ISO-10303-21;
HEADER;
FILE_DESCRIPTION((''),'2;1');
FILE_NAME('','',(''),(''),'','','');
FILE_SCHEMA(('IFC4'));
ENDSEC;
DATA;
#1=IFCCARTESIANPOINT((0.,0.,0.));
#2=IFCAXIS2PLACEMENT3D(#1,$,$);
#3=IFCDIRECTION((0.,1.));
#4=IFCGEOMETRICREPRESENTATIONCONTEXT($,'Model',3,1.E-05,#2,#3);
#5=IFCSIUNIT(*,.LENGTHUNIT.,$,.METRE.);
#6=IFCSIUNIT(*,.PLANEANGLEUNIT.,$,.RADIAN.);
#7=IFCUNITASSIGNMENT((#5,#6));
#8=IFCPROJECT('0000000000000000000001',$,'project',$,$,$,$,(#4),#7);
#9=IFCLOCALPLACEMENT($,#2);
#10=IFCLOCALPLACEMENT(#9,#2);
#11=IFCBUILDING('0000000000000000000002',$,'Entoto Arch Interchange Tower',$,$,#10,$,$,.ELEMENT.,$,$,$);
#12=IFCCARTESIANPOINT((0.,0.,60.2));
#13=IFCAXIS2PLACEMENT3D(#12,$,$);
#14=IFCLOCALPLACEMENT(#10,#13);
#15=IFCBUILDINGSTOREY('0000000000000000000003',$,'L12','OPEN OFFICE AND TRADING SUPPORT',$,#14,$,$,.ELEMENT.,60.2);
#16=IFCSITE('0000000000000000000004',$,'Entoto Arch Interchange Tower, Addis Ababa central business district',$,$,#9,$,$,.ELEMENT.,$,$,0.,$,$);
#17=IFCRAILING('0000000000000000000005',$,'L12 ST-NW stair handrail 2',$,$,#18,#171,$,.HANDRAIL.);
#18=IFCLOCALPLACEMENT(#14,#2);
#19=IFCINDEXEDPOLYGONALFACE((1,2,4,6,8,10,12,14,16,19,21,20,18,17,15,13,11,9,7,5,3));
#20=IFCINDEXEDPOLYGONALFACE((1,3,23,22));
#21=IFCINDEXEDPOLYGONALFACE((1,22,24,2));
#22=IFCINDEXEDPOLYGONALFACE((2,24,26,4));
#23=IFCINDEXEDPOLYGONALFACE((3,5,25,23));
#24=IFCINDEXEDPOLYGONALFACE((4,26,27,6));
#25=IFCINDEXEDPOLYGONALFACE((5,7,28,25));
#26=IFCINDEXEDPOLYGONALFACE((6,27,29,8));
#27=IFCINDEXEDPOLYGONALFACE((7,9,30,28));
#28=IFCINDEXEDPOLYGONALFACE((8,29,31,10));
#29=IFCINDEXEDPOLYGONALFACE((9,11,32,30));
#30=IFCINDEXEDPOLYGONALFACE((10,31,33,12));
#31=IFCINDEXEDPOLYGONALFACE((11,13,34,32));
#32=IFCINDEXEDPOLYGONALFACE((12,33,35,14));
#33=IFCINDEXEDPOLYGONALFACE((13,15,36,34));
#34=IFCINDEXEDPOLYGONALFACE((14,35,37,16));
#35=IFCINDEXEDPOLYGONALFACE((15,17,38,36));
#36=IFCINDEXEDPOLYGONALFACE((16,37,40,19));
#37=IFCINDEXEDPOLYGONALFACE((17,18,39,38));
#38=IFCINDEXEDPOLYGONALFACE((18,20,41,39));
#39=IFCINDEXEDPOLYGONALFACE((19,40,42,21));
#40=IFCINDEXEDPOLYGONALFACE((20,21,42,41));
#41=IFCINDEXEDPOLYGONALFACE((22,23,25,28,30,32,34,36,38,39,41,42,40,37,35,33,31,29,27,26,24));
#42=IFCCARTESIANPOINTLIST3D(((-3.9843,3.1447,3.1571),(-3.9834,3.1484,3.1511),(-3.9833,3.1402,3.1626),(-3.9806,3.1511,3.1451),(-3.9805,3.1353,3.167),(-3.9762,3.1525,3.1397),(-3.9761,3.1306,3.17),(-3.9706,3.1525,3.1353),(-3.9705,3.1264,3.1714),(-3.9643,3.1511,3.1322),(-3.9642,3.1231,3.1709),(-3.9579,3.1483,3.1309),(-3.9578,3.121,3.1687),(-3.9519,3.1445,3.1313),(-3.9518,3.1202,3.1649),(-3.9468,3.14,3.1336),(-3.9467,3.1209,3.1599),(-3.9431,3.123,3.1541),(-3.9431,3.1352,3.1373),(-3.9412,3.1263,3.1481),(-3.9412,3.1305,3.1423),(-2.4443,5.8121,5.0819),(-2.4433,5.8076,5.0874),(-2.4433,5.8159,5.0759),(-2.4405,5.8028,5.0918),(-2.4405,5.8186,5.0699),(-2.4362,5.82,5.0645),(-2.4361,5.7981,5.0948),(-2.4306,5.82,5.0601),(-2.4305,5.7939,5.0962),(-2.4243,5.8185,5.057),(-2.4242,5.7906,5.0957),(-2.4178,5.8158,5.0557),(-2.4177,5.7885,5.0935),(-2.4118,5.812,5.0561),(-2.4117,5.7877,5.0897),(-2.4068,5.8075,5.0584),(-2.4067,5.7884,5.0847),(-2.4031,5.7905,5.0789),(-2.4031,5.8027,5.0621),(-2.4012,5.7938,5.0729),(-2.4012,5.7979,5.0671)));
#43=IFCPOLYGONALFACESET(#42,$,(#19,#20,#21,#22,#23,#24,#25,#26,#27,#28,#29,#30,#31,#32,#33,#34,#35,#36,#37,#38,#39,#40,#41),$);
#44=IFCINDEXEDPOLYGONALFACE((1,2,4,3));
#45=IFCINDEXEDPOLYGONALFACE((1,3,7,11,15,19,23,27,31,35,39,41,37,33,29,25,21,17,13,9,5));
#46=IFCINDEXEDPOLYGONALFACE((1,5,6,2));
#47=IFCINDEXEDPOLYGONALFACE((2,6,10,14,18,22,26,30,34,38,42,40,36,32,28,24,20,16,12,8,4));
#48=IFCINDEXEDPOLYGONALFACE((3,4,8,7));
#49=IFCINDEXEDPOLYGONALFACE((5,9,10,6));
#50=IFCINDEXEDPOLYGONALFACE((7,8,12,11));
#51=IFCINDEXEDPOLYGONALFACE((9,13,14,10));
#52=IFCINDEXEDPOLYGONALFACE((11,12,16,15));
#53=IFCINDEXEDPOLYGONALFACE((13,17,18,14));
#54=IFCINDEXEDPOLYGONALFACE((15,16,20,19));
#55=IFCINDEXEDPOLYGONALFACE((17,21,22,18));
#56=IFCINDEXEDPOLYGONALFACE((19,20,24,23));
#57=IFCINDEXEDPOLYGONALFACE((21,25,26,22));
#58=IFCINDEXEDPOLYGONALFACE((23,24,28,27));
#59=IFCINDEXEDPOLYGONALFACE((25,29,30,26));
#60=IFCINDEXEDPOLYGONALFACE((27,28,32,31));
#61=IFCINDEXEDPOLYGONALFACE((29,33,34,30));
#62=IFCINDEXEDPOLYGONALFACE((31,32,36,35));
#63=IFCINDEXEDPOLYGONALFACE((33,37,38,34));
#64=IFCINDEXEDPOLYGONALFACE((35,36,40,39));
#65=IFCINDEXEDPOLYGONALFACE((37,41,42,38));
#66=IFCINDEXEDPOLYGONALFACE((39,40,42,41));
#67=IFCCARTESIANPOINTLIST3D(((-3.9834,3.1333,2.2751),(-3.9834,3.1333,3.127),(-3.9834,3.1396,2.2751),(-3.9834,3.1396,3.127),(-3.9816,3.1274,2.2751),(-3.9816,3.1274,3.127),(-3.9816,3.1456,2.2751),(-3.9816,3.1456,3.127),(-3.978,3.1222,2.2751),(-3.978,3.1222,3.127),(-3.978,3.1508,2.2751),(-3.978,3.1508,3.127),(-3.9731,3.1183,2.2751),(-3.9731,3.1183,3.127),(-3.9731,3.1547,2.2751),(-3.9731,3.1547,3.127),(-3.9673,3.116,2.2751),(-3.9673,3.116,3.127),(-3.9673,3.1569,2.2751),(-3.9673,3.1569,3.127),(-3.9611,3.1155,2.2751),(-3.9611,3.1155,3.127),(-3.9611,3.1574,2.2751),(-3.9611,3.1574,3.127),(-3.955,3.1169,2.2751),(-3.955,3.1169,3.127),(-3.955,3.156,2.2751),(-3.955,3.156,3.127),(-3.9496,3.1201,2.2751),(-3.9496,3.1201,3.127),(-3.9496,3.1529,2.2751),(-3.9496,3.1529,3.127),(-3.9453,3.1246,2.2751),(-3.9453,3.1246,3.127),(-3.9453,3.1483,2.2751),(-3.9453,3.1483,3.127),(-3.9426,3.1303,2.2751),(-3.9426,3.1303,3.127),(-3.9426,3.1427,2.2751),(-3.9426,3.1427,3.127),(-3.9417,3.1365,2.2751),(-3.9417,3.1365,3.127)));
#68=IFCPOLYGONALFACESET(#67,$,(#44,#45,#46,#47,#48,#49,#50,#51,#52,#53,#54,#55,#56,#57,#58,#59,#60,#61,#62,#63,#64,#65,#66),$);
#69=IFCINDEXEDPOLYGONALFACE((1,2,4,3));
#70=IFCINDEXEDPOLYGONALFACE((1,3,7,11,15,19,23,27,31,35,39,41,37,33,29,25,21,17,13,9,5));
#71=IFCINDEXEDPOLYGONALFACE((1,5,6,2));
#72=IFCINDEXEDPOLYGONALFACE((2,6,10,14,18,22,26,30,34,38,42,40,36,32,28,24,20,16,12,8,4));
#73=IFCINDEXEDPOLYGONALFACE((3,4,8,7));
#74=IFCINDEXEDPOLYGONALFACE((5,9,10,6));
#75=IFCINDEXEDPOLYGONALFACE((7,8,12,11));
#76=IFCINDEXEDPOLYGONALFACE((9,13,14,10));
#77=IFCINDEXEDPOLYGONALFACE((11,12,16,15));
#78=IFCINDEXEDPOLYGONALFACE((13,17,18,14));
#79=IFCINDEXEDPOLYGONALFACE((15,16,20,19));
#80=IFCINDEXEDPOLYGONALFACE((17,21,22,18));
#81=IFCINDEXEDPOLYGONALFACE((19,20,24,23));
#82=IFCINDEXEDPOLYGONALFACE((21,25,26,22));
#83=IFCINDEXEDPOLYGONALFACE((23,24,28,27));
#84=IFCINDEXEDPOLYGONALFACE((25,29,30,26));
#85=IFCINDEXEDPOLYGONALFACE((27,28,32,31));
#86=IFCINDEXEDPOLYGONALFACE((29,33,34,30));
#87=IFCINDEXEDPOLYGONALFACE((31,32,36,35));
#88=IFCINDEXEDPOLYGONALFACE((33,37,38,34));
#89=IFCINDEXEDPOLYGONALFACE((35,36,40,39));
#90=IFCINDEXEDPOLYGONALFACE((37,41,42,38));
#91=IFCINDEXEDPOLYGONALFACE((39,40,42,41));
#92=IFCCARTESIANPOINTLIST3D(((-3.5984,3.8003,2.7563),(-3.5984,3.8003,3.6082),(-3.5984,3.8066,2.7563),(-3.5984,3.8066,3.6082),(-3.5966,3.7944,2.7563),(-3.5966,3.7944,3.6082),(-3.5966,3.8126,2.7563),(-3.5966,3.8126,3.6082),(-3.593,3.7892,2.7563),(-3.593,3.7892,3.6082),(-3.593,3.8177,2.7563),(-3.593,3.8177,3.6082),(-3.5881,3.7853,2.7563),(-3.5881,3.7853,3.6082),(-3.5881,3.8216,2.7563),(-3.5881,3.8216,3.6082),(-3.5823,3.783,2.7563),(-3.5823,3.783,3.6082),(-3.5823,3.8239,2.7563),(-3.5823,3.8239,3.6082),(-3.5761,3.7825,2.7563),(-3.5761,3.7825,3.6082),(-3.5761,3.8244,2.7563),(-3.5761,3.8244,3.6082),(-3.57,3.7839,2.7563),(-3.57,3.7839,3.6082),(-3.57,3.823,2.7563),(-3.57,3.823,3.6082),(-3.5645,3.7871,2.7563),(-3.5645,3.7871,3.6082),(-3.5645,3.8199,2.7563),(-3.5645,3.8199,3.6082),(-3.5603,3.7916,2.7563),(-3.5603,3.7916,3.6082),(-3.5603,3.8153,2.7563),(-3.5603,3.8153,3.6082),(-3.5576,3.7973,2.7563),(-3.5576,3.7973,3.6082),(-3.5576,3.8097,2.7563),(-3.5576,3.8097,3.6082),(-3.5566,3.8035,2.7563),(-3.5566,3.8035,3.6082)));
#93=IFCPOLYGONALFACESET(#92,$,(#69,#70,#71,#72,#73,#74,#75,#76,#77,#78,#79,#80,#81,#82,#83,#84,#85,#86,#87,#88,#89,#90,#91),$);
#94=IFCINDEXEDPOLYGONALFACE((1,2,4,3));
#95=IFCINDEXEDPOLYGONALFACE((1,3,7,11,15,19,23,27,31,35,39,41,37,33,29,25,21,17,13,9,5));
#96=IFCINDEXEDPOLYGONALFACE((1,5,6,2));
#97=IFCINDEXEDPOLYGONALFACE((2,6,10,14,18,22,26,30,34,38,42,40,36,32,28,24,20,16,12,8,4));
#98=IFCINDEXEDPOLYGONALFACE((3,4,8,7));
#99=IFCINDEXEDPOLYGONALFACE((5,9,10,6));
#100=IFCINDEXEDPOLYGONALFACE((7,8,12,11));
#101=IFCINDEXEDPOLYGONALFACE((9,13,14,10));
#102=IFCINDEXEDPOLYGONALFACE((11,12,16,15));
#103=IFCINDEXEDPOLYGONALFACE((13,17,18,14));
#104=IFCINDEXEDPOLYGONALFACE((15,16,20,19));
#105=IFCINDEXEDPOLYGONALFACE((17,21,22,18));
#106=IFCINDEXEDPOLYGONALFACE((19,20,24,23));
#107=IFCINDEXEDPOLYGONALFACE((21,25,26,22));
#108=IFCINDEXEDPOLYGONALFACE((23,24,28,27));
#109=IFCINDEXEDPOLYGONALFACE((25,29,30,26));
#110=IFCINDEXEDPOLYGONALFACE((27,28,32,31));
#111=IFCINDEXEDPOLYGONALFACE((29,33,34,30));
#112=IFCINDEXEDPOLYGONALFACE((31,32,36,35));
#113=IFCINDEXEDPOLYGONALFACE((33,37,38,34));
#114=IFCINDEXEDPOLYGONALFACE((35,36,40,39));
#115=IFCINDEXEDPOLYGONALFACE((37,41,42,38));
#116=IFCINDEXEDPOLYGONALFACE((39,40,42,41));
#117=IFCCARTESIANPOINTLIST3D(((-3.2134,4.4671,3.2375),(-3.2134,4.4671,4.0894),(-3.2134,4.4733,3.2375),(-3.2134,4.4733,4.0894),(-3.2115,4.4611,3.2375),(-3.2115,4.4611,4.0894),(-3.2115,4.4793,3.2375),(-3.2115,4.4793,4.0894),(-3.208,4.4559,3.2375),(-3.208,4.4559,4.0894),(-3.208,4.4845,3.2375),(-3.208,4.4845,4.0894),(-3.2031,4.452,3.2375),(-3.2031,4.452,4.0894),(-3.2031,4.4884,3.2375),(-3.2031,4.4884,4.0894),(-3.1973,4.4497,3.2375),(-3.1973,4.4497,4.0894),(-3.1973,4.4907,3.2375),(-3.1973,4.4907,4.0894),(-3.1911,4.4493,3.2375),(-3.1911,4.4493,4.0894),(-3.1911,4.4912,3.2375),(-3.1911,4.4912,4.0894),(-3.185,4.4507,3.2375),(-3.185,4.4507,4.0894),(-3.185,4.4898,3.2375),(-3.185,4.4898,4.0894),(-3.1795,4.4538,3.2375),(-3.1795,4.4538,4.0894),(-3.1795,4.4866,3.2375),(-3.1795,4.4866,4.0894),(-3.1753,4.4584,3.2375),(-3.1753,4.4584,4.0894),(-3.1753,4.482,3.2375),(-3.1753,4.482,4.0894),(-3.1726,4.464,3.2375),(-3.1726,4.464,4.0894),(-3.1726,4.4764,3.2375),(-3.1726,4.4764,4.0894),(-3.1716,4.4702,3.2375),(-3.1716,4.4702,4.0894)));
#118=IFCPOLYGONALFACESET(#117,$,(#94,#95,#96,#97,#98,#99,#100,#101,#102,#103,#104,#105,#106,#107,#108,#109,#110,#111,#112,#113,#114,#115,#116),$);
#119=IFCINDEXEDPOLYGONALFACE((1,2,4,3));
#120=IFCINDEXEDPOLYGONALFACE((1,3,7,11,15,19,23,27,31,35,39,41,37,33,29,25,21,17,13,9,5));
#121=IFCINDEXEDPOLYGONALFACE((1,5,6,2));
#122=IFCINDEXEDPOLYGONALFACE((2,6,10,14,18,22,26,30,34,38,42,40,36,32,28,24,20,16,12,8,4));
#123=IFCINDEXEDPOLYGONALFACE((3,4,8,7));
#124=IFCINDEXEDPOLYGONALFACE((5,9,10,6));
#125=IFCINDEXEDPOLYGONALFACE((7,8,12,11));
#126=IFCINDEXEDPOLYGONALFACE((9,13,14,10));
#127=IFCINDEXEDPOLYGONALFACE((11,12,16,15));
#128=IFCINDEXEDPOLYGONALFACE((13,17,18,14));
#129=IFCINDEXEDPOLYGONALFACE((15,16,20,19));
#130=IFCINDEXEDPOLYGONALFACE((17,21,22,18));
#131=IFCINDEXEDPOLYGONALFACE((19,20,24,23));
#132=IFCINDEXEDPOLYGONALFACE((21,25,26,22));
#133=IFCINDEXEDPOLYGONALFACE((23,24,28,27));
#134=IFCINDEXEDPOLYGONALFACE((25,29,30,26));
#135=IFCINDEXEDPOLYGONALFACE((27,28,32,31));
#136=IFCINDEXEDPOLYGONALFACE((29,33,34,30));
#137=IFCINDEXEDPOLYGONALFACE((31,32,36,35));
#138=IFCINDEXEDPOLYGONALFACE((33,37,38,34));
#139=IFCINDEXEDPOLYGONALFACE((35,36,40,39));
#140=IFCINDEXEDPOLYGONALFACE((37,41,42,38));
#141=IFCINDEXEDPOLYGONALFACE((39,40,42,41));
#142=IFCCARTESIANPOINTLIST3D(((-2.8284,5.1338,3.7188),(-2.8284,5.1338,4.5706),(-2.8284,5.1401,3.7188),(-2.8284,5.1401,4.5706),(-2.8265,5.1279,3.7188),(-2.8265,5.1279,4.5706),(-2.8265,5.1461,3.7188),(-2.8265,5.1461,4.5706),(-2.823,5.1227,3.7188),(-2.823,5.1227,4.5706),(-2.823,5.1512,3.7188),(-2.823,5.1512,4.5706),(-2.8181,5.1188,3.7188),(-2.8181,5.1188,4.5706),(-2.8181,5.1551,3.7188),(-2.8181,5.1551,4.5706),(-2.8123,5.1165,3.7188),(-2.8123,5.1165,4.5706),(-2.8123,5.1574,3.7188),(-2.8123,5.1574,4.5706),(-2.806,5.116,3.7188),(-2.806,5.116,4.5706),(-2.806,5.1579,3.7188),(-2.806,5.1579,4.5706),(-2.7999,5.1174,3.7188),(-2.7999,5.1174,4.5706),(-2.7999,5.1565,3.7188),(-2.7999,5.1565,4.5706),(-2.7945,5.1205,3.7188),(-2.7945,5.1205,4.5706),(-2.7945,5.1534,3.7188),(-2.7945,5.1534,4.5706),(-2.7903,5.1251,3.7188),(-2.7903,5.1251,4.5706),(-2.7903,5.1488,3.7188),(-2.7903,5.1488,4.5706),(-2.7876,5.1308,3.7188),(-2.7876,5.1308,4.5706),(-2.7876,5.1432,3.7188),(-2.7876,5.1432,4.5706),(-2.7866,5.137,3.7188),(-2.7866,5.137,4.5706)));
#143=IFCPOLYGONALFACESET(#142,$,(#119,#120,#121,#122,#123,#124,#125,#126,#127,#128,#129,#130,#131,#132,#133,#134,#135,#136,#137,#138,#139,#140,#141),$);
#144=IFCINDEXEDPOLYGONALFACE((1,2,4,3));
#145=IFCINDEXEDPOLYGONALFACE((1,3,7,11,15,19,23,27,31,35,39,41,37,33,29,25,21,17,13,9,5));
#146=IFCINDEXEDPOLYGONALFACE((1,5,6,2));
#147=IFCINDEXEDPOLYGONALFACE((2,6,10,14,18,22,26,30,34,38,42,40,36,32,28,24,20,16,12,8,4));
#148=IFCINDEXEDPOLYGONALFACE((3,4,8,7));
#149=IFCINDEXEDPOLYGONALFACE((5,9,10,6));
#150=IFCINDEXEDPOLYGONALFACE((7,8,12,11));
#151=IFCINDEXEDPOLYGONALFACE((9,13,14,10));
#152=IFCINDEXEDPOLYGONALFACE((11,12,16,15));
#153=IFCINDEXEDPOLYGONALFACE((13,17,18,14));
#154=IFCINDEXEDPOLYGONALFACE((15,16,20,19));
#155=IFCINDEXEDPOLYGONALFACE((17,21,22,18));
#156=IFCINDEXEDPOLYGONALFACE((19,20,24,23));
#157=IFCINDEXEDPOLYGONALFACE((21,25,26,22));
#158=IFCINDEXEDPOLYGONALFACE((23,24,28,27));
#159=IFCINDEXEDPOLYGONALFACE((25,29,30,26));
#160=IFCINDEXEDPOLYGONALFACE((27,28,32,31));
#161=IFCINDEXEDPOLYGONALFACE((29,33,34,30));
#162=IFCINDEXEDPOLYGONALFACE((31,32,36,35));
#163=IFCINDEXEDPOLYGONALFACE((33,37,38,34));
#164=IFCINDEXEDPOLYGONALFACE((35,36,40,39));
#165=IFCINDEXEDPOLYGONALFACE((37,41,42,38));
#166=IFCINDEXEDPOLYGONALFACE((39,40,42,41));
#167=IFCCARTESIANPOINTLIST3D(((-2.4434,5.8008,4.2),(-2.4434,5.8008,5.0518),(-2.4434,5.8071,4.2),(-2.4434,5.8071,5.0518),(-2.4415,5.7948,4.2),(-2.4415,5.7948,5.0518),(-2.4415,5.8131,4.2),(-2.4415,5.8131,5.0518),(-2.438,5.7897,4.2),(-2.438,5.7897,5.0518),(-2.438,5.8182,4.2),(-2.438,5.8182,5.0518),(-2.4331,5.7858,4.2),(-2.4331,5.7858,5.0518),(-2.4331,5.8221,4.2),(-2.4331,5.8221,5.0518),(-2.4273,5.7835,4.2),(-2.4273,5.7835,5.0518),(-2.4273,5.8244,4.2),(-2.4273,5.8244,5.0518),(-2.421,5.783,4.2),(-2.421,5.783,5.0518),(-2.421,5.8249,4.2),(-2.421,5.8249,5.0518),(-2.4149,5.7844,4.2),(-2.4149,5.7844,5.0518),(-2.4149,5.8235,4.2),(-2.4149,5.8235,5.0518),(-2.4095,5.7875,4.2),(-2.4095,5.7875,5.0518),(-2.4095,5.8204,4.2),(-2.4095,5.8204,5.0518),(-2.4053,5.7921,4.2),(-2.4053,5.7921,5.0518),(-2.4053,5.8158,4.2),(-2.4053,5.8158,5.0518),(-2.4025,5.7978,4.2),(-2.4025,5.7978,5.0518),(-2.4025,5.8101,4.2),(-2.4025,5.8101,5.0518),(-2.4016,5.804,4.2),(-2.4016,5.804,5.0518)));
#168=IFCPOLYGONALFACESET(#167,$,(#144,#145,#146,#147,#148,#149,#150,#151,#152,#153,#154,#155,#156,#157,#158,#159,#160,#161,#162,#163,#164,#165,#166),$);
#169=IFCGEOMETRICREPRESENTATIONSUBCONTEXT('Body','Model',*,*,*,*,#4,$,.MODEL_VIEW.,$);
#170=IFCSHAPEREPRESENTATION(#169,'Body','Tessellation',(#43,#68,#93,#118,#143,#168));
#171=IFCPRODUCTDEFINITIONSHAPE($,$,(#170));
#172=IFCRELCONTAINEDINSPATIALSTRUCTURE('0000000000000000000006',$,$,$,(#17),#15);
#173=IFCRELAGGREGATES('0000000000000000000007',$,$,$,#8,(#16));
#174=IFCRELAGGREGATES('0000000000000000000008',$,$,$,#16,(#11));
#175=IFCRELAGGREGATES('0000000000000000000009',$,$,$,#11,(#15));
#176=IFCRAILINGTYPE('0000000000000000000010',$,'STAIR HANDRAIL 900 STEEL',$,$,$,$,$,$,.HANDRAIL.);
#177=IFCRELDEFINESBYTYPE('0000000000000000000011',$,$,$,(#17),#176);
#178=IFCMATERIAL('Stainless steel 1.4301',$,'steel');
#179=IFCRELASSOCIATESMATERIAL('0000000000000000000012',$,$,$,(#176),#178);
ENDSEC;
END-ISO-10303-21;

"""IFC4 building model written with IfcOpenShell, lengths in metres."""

from ifc_helpers import new_model, si_unit, direction, frame, origin, origin_2d, place, context, subcontext, project, spatial, circle, extrude, material, type_object, element, save


model = new_model("IFC4")

# Units and contexts
model_context = context("Model", 3, precision=1e-05, world=origin(), true_north=direction((0.0, 1.0)))
body_context = subcontext(model_context, "Body", "Model", "MODEL_VIEW")
ifc_project = project(units=[si_unit("LENGTHUNIT", "METRE"), si_unit("PLANEANGLEUNIT", "RADIAN")], contexts=[model_context])

# Site, building, storey
site_placement = place(None, origin())
site = spatial("IfcSite", under=ifc_project, at=site_placement, Name="Entoto Arch Interchange Tower, Addis Ababa central business district", CompositionType="ELEMENT", RefElevation=0.0)
building_placement = place(site_placement, origin())
building = spatial("IfcBuilding", under=site, at=building_placement, Name="Entoto Arch Interchange Tower", CompositionType="ELEMENT")
storey_placement = place(building_placement, frame((0.0, 0.0, 60.2)))
storey = spatial("IfcBuildingStorey", under=building, at=storey_placement, Name="L12", Description="OPEN OFFICE AND TRADING SUPPORT", CompositionType="ELEMENT", Elevation=60.2)

# Railing
ifc_material_1 = material(Name="Stainless steel 1.4301", Category="steel")
railing_type_1 = type_object("IfcRailingType", Name="STAIR HANDRAIL 900 STEEL", PredefinedType="HANDRAIL", material=ifc_material_1)
railing_1_placement = place(storey_placement, frame((-3.9626, 3.1365, 2.2751)))
element("IfcRailing", 1, at=railing_1_placement, inside=storey, type_object=railing_type_1, Name="L12 ST-NW stair handrail 2", PredefinedType="HANDRAIL", context=body_context, shape_type="SweptSolid", body=[
    extrude(circle(Radius=0.0239, at=origin_2d()), frame((0.0, 0.0, 0.876), z_axis=(0.42401, 0.734421, 0.529945), x_axis=(-0.86603, 0.499992, 0.0)), (0.0, 0.0, 1.0), 3.6321),
    extrude(circle(Radius=0.021, at=origin_2d()), origin(), (0.0, 0.0, 1.0), 0.8518),
    extrude(circle(Radius=0.021, at=origin_2d()), frame((0.385, 0.667, 0.4812)), (0.0, 0.0, 1.0), 0.8518),
    extrude(circle(Radius=0.021, at=origin_2d()), frame((0.77, 1.3337, 0.9624)), (0.0, 0.0, 1.0), 0.8518),
    extrude(circle(Radius=0.021, at=origin_2d()), frame((1.155, 2.0005, 1.4436)), (0.0, 0.0, 1.0), 0.8518),
    extrude(circle(Radius=0.021, at=origin_2d()), frame((1.54, 2.6675, 1.9248)), (0.0, 0.0, 1.0), 0.8518),
])

save(model, "model.ifc")
